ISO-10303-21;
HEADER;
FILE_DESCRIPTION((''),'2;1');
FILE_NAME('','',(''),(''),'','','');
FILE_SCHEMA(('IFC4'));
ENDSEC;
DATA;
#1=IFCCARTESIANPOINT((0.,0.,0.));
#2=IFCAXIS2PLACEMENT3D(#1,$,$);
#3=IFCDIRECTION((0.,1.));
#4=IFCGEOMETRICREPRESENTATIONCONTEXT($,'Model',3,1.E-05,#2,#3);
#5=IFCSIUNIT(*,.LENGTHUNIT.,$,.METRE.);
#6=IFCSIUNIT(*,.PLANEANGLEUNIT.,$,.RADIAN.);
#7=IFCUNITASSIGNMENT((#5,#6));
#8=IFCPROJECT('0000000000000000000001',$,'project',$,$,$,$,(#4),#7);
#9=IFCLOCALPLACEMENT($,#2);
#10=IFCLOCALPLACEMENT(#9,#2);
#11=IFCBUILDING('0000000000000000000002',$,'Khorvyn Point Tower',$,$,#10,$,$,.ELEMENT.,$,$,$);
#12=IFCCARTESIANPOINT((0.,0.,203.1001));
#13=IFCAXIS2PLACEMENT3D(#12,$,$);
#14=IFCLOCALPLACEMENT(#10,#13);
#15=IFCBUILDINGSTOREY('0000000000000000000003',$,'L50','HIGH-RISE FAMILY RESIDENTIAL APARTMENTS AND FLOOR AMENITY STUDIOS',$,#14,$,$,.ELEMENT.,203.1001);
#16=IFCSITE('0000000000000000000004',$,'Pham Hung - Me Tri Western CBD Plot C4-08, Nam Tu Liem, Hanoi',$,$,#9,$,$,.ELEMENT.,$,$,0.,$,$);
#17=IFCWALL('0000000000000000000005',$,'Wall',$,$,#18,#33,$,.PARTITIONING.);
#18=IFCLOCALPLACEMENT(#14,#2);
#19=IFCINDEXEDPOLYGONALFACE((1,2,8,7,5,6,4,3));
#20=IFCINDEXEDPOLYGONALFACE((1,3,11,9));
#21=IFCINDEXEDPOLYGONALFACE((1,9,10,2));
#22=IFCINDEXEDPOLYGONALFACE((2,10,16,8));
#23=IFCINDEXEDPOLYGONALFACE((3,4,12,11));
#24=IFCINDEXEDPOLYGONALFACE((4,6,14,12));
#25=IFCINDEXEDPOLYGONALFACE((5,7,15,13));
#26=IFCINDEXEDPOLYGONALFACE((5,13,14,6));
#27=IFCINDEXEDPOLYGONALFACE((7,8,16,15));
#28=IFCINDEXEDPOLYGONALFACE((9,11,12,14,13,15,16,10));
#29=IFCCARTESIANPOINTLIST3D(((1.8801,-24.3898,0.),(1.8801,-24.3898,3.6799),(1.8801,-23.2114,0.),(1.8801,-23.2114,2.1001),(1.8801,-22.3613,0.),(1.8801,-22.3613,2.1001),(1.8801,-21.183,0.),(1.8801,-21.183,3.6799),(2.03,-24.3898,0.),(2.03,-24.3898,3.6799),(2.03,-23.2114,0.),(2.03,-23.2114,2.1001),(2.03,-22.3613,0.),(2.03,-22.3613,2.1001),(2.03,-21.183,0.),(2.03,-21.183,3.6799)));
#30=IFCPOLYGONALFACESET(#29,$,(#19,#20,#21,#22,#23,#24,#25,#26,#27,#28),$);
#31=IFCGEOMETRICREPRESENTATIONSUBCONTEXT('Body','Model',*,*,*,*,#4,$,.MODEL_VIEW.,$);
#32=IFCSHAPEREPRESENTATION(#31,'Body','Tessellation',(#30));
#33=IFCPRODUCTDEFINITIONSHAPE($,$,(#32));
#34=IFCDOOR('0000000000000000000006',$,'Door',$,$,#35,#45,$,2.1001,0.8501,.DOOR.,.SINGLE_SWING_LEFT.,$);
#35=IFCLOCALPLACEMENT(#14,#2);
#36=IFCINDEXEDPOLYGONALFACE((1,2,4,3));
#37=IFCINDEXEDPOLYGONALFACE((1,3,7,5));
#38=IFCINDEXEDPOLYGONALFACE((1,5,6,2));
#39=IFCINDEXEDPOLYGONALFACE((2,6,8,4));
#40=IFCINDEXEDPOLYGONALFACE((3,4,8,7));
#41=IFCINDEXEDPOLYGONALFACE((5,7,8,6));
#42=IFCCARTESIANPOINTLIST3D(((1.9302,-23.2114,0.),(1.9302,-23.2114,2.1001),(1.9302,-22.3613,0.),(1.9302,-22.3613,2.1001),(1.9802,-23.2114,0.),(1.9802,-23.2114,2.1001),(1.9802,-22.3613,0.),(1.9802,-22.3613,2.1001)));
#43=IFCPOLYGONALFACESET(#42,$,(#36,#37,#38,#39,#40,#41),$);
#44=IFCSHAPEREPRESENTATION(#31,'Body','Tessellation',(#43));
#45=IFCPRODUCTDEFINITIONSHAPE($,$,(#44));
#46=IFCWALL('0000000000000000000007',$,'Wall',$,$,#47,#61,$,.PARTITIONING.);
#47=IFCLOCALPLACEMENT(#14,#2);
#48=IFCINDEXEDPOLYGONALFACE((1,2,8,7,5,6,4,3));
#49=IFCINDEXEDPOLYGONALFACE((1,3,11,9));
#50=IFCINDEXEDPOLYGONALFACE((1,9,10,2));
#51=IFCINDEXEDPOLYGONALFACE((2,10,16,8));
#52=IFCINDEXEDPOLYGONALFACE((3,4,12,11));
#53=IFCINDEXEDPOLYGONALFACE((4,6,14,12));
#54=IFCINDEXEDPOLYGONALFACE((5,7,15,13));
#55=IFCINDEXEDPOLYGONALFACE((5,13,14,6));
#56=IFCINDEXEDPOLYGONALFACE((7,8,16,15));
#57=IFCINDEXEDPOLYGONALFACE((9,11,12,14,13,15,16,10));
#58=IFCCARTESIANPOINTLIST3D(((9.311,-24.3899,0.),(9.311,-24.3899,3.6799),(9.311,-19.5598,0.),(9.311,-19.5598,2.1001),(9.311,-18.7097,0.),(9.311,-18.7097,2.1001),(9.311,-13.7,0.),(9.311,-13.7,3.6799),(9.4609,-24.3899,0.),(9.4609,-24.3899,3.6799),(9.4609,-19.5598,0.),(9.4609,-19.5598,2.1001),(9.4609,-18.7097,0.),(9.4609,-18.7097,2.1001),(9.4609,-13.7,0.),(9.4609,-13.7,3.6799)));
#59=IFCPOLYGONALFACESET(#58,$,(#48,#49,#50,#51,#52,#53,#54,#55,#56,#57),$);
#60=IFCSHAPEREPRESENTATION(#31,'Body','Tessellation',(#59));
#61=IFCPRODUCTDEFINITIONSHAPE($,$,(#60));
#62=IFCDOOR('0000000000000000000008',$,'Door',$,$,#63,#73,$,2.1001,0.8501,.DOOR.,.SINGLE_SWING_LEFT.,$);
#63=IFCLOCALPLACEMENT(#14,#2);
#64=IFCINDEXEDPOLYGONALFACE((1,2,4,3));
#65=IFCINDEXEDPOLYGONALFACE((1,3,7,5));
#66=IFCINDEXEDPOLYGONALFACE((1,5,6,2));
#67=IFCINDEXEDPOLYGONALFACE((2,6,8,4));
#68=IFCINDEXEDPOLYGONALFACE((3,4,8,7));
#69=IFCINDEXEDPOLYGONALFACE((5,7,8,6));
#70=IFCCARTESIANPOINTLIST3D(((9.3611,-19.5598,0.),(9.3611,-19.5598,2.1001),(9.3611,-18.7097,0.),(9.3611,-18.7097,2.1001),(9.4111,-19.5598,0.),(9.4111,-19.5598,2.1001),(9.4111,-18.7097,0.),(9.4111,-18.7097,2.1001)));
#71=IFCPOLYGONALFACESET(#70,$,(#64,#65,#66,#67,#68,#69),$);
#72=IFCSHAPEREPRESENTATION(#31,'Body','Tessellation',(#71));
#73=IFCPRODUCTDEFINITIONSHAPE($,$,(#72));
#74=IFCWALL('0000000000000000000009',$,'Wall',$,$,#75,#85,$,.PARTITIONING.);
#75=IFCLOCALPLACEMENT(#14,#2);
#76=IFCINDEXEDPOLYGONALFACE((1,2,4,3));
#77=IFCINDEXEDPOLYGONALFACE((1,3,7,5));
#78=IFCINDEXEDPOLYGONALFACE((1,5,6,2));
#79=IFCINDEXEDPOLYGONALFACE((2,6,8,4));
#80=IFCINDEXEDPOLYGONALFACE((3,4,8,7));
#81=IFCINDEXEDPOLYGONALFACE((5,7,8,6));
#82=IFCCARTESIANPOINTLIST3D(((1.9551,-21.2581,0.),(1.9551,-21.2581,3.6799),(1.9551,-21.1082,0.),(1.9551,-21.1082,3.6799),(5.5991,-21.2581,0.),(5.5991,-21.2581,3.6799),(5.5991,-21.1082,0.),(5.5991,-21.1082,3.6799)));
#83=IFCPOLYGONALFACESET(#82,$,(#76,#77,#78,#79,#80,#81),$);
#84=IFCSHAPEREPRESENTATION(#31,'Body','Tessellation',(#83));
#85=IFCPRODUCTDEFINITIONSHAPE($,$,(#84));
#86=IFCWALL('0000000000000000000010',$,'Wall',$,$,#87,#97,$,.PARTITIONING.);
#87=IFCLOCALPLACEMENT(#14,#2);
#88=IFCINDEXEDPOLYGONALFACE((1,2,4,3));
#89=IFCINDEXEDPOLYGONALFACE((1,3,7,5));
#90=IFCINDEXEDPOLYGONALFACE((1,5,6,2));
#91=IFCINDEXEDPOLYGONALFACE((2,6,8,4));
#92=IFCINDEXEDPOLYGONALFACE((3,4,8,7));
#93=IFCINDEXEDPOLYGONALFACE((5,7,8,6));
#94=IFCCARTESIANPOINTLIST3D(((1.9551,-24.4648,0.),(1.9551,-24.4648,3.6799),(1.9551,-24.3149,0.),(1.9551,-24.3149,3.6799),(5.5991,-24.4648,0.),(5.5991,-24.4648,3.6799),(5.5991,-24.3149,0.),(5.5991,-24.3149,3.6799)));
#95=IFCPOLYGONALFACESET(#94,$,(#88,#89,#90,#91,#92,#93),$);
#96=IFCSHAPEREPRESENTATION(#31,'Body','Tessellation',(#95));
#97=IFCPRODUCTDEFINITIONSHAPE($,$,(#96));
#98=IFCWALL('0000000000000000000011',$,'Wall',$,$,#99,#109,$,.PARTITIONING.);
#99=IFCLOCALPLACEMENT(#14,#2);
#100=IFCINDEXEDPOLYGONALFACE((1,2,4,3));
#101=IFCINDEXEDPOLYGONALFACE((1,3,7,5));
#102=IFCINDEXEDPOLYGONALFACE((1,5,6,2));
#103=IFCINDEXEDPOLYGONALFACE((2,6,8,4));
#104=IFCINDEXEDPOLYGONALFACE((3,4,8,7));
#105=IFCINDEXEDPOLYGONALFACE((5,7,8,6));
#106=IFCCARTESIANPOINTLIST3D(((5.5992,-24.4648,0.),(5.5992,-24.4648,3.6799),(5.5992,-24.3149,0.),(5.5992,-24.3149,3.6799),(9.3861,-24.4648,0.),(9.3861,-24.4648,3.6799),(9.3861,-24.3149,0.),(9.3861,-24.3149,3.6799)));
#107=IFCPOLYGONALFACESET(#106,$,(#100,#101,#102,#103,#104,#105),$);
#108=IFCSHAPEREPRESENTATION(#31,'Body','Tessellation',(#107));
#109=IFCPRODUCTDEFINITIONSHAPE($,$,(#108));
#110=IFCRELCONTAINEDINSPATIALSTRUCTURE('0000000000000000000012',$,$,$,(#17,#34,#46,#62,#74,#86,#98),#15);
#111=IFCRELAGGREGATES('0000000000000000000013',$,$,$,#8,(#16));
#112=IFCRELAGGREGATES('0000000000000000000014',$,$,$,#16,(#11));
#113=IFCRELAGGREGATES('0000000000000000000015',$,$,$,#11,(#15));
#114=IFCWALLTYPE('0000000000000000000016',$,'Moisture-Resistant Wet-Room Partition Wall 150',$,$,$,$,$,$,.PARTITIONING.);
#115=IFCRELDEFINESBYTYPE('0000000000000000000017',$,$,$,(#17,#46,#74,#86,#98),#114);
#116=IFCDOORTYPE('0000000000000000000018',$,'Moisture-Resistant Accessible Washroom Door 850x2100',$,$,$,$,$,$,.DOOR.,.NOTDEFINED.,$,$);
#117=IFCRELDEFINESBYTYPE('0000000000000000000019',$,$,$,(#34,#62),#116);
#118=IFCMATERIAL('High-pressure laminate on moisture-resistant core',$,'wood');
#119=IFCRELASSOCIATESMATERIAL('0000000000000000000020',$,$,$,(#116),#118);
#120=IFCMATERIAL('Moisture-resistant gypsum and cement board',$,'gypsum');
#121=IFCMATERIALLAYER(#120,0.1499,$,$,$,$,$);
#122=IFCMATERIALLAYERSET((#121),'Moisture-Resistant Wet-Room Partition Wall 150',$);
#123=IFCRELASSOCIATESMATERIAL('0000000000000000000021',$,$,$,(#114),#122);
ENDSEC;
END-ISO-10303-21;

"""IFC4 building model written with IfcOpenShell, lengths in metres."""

from ifc_helpers import new_model, si_unit, direction, frame, frame_2d, origin, place, context, subcontext, project, spatial, rectangle, extrude, material, layer, layer_set, type_object, element, fill, save


model = new_model("IFC4")

# Units and contexts
model_context = context("Model", 3, precision=1e-05, world=origin(), true_north=direction((0.0, 1.0)))
body_context = subcontext(model_context, "Body", "Model", "MODEL_VIEW")
ifc_project = project(units=[si_unit("LENGTHUNIT", "METRE"), si_unit("PLANEANGLEUNIT", "RADIAN")], contexts=[model_context])

# Site, building, storey
site_placement = place(None, origin())
site = spatial("IfcSite", under=ifc_project, at=site_placement, Name="Pham Hung - Me Tri Western CBD Plot C4-08, Nam Tu Liem, Hanoi", CompositionType="ELEMENT", RefElevation=0.0)
building_placement = place(site_placement, origin())
building = spatial("IfcBuilding", under=site, at=building_placement, Name="Khorvyn Point Tower", CompositionType="ELEMENT")
storey_placement = place(building_placement, frame((0.0, 0.0, 203.1001)))
storey = spatial("IfcBuildingStorey", under=building, at=storey_placement, Name="L50", Description="HIGH-RISE FAMILY RESIDENTIAL APARTMENTS AND FLOOR AMENITY STUDIOS", CompositionType="ELEMENT", Elevation=203.1001)

# Walls, openings, doors
ifc_material_1 = material(Name="High-pressure laminate on moisture-resistant core", Category="wood")
door_type_1 = type_object("IfcDoorType", Name="Moisture-Resistant Accessible Washroom Door 850x2100", OperationType="NOTDEFINED", PredefinedType="DOOR", material=ifc_material_1)
ifc_material_2 = material(Name="Moisture-resistant gypsum and cement board", Category="gypsum")
ifc_layer_1 = layer(ifc_material_2, 0.1499)
ifc_layer_set_1 = layer_set([ifc_layer_1], Name="Moisture-Resistant Wet-Room Partition Wall 150")
wall_type_1 = type_object("IfcWallType", Name="Moisture-Resistant Wet-Room Partition Wall 150", PredefinedType="PARTITIONING", material=ifc_layer_set_1)
wall_1_placement = place(storey_placement, frame((1.9551, -24.3899, 0.0), z_axis=(0.0, 0.0, 1.0), x_axis=(0.0, 1.0, 0.0)))
wall_1 = element("IfcWall", 1, at=wall_1_placement, inside=storey, type_object=wall_type_1, Name="Wall", PredefinedType="PARTITIONING", context=body_context, shape_type="SweptSolid", body=[
    extrude(rectangle(XDim=3.2068, YDim=0.1499, at=frame_2d((1.6035, 0.0))), origin(), (0.0, 0.0, 1.0), 3.6799),
])
opening_1_placement = place(wall_1_placement, frame((1.1785, 0.0, 0.0)))
opening_1 = element("IfcOpeningElement", 2, at=opening_1_placement, cuts=wall_1, PredefinedType="OPENING", context=body_context, shape_type="SweptSolid", body=[
    extrude(rectangle(XDim=0.8501, YDim=2.1001, at=frame_2d((0.425, 1.05))), frame((0.0, 0.085, 0.0), z_axis=(0.0, -1.0, 0.0), x_axis=(1.0, 0.0, 0.0)), (0.0, 0.0, 1.0), 0.1699),
])
door_1_placement = place(opening_1_placement, origin())
door_1 = element("IfcDoor", 3, at=door_1_placement, inside=storey, type_object=door_type_1, Name="Door", OperationType="SINGLE_SWING_LEFT", OverallHeight=2.1001, OverallWidth=0.8501, PredefinedType="DOOR", context=body_context, shape_type="SweptSolid", body=[
    extrude(rectangle(XDim=0.8501, YDim=2.1001, at=frame_2d((0.425, 1.05))), frame((0.0, 0.0249, 0.0), z_axis=(0.0, -1.0, 0.0), x_axis=(1.0, 0.0, 0.0)), (0.0, 0.0, 1.0), 0.05),
])
fill(opening_1, door_1)
wall_2_placement = place(storey_placement, frame((9.386, -24.3899, 0.0), z_axis=(0.0, 0.0, 1.0), x_axis=(0.0, 1.0, 0.0)))
wall_2 = element("IfcWall", 4, at=wall_2_placement, inside=storey, type_object=wall_type_1, Name="Wall", PredefinedType="PARTITIONING", context=body_context, shape_type="SweptSolid", body=[
    extrude(rectangle(XDim=10.6899, YDim=0.1499, at=frame_2d((5.345, 0.0))), origin(), (0.0, 0.0, 1.0), 3.6799),
])
opening_2_placement = place(wall_2_placement, frame((4.8301, 0.0, 0.0)))
opening_2 = element("IfcOpeningElement", 5, at=opening_2_placement, cuts=wall_2, PredefinedType="OPENING", context=body_context, shape_type="SweptSolid", body=[
    extrude(rectangle(XDim=0.8501, YDim=2.1001, at=frame_2d((0.425, 1.05))), frame((0.0, 0.085, 0.0), z_axis=(0.0, -1.0, 0.0), x_axis=(1.0, 0.0, 0.0)), (0.0, 0.0, 1.0), 0.1699),
])
door_2_placement = place(opening_2_placement, origin())
door_2 = element("IfcDoor", 6, at=door_2_placement, inside=storey, type_object=door_type_1, Name="Door", OperationType="SINGLE_SWING_LEFT", OverallHeight=2.1001, OverallWidth=0.8501, PredefinedType="DOOR", context=body_context, shape_type="SweptSolid", body=[
    extrude(rectangle(XDim=0.8501, YDim=2.1001, at=frame_2d((0.425, 1.05))), frame((0.0, 0.0249, 0.0), z_axis=(0.0, -1.0, 0.0), x_axis=(1.0, 0.0, 0.0)), (0.0, 0.0, 1.0), 0.05),
])
fill(opening_2, door_2)

# Walls
for number, where, z_axis, x_axis, name in (
    (7, (1.9551, -21.1831, 0.0), (0.0, 0.0, 1.0), (1.0, 0.0, 0.0), "Wall"),
    (8, (1.9551, -24.3899, 0.0), (0.0, 0.0, 1.0), (1.0, 0.0, 0.0), "Wall"),
):
    element("IfcWall", number, at=place(storey_placement, frame(where, z_axis=z_axis, x_axis=x_axis)), inside=storey, type_object=wall_type_1, Name=name, PredefinedType="PARTITIONING", context=body_context, shape_type="SweptSolid", body=[
        extrude(rectangle(XDim=3.644, YDim=0.1499, at=frame_2d((1.822, 0.0))), origin(), (0.0, 0.0, 1.0), 3.6799),
    ])
wall_3_placement = place(storey_placement, frame((5.5991, -24.3899, 0.0), z_axis=(0.0, 0.0, 1.0), x_axis=(1.0, 0.0, 0.0)))
element("IfcWall", 9, at=wall_3_placement, inside=storey, type_object=wall_type_1, Name="Wall", PredefinedType="PARTITIONING", context=body_context, shape_type="SweptSolid", body=[
    extrude(rectangle(XDim=3.7869, YDim=0.1499, at=frame_2d((1.8936, 0.0))), origin(), (0.0, 0.0, 1.0), 3.6799),
])

save(model, "model.ifc")
